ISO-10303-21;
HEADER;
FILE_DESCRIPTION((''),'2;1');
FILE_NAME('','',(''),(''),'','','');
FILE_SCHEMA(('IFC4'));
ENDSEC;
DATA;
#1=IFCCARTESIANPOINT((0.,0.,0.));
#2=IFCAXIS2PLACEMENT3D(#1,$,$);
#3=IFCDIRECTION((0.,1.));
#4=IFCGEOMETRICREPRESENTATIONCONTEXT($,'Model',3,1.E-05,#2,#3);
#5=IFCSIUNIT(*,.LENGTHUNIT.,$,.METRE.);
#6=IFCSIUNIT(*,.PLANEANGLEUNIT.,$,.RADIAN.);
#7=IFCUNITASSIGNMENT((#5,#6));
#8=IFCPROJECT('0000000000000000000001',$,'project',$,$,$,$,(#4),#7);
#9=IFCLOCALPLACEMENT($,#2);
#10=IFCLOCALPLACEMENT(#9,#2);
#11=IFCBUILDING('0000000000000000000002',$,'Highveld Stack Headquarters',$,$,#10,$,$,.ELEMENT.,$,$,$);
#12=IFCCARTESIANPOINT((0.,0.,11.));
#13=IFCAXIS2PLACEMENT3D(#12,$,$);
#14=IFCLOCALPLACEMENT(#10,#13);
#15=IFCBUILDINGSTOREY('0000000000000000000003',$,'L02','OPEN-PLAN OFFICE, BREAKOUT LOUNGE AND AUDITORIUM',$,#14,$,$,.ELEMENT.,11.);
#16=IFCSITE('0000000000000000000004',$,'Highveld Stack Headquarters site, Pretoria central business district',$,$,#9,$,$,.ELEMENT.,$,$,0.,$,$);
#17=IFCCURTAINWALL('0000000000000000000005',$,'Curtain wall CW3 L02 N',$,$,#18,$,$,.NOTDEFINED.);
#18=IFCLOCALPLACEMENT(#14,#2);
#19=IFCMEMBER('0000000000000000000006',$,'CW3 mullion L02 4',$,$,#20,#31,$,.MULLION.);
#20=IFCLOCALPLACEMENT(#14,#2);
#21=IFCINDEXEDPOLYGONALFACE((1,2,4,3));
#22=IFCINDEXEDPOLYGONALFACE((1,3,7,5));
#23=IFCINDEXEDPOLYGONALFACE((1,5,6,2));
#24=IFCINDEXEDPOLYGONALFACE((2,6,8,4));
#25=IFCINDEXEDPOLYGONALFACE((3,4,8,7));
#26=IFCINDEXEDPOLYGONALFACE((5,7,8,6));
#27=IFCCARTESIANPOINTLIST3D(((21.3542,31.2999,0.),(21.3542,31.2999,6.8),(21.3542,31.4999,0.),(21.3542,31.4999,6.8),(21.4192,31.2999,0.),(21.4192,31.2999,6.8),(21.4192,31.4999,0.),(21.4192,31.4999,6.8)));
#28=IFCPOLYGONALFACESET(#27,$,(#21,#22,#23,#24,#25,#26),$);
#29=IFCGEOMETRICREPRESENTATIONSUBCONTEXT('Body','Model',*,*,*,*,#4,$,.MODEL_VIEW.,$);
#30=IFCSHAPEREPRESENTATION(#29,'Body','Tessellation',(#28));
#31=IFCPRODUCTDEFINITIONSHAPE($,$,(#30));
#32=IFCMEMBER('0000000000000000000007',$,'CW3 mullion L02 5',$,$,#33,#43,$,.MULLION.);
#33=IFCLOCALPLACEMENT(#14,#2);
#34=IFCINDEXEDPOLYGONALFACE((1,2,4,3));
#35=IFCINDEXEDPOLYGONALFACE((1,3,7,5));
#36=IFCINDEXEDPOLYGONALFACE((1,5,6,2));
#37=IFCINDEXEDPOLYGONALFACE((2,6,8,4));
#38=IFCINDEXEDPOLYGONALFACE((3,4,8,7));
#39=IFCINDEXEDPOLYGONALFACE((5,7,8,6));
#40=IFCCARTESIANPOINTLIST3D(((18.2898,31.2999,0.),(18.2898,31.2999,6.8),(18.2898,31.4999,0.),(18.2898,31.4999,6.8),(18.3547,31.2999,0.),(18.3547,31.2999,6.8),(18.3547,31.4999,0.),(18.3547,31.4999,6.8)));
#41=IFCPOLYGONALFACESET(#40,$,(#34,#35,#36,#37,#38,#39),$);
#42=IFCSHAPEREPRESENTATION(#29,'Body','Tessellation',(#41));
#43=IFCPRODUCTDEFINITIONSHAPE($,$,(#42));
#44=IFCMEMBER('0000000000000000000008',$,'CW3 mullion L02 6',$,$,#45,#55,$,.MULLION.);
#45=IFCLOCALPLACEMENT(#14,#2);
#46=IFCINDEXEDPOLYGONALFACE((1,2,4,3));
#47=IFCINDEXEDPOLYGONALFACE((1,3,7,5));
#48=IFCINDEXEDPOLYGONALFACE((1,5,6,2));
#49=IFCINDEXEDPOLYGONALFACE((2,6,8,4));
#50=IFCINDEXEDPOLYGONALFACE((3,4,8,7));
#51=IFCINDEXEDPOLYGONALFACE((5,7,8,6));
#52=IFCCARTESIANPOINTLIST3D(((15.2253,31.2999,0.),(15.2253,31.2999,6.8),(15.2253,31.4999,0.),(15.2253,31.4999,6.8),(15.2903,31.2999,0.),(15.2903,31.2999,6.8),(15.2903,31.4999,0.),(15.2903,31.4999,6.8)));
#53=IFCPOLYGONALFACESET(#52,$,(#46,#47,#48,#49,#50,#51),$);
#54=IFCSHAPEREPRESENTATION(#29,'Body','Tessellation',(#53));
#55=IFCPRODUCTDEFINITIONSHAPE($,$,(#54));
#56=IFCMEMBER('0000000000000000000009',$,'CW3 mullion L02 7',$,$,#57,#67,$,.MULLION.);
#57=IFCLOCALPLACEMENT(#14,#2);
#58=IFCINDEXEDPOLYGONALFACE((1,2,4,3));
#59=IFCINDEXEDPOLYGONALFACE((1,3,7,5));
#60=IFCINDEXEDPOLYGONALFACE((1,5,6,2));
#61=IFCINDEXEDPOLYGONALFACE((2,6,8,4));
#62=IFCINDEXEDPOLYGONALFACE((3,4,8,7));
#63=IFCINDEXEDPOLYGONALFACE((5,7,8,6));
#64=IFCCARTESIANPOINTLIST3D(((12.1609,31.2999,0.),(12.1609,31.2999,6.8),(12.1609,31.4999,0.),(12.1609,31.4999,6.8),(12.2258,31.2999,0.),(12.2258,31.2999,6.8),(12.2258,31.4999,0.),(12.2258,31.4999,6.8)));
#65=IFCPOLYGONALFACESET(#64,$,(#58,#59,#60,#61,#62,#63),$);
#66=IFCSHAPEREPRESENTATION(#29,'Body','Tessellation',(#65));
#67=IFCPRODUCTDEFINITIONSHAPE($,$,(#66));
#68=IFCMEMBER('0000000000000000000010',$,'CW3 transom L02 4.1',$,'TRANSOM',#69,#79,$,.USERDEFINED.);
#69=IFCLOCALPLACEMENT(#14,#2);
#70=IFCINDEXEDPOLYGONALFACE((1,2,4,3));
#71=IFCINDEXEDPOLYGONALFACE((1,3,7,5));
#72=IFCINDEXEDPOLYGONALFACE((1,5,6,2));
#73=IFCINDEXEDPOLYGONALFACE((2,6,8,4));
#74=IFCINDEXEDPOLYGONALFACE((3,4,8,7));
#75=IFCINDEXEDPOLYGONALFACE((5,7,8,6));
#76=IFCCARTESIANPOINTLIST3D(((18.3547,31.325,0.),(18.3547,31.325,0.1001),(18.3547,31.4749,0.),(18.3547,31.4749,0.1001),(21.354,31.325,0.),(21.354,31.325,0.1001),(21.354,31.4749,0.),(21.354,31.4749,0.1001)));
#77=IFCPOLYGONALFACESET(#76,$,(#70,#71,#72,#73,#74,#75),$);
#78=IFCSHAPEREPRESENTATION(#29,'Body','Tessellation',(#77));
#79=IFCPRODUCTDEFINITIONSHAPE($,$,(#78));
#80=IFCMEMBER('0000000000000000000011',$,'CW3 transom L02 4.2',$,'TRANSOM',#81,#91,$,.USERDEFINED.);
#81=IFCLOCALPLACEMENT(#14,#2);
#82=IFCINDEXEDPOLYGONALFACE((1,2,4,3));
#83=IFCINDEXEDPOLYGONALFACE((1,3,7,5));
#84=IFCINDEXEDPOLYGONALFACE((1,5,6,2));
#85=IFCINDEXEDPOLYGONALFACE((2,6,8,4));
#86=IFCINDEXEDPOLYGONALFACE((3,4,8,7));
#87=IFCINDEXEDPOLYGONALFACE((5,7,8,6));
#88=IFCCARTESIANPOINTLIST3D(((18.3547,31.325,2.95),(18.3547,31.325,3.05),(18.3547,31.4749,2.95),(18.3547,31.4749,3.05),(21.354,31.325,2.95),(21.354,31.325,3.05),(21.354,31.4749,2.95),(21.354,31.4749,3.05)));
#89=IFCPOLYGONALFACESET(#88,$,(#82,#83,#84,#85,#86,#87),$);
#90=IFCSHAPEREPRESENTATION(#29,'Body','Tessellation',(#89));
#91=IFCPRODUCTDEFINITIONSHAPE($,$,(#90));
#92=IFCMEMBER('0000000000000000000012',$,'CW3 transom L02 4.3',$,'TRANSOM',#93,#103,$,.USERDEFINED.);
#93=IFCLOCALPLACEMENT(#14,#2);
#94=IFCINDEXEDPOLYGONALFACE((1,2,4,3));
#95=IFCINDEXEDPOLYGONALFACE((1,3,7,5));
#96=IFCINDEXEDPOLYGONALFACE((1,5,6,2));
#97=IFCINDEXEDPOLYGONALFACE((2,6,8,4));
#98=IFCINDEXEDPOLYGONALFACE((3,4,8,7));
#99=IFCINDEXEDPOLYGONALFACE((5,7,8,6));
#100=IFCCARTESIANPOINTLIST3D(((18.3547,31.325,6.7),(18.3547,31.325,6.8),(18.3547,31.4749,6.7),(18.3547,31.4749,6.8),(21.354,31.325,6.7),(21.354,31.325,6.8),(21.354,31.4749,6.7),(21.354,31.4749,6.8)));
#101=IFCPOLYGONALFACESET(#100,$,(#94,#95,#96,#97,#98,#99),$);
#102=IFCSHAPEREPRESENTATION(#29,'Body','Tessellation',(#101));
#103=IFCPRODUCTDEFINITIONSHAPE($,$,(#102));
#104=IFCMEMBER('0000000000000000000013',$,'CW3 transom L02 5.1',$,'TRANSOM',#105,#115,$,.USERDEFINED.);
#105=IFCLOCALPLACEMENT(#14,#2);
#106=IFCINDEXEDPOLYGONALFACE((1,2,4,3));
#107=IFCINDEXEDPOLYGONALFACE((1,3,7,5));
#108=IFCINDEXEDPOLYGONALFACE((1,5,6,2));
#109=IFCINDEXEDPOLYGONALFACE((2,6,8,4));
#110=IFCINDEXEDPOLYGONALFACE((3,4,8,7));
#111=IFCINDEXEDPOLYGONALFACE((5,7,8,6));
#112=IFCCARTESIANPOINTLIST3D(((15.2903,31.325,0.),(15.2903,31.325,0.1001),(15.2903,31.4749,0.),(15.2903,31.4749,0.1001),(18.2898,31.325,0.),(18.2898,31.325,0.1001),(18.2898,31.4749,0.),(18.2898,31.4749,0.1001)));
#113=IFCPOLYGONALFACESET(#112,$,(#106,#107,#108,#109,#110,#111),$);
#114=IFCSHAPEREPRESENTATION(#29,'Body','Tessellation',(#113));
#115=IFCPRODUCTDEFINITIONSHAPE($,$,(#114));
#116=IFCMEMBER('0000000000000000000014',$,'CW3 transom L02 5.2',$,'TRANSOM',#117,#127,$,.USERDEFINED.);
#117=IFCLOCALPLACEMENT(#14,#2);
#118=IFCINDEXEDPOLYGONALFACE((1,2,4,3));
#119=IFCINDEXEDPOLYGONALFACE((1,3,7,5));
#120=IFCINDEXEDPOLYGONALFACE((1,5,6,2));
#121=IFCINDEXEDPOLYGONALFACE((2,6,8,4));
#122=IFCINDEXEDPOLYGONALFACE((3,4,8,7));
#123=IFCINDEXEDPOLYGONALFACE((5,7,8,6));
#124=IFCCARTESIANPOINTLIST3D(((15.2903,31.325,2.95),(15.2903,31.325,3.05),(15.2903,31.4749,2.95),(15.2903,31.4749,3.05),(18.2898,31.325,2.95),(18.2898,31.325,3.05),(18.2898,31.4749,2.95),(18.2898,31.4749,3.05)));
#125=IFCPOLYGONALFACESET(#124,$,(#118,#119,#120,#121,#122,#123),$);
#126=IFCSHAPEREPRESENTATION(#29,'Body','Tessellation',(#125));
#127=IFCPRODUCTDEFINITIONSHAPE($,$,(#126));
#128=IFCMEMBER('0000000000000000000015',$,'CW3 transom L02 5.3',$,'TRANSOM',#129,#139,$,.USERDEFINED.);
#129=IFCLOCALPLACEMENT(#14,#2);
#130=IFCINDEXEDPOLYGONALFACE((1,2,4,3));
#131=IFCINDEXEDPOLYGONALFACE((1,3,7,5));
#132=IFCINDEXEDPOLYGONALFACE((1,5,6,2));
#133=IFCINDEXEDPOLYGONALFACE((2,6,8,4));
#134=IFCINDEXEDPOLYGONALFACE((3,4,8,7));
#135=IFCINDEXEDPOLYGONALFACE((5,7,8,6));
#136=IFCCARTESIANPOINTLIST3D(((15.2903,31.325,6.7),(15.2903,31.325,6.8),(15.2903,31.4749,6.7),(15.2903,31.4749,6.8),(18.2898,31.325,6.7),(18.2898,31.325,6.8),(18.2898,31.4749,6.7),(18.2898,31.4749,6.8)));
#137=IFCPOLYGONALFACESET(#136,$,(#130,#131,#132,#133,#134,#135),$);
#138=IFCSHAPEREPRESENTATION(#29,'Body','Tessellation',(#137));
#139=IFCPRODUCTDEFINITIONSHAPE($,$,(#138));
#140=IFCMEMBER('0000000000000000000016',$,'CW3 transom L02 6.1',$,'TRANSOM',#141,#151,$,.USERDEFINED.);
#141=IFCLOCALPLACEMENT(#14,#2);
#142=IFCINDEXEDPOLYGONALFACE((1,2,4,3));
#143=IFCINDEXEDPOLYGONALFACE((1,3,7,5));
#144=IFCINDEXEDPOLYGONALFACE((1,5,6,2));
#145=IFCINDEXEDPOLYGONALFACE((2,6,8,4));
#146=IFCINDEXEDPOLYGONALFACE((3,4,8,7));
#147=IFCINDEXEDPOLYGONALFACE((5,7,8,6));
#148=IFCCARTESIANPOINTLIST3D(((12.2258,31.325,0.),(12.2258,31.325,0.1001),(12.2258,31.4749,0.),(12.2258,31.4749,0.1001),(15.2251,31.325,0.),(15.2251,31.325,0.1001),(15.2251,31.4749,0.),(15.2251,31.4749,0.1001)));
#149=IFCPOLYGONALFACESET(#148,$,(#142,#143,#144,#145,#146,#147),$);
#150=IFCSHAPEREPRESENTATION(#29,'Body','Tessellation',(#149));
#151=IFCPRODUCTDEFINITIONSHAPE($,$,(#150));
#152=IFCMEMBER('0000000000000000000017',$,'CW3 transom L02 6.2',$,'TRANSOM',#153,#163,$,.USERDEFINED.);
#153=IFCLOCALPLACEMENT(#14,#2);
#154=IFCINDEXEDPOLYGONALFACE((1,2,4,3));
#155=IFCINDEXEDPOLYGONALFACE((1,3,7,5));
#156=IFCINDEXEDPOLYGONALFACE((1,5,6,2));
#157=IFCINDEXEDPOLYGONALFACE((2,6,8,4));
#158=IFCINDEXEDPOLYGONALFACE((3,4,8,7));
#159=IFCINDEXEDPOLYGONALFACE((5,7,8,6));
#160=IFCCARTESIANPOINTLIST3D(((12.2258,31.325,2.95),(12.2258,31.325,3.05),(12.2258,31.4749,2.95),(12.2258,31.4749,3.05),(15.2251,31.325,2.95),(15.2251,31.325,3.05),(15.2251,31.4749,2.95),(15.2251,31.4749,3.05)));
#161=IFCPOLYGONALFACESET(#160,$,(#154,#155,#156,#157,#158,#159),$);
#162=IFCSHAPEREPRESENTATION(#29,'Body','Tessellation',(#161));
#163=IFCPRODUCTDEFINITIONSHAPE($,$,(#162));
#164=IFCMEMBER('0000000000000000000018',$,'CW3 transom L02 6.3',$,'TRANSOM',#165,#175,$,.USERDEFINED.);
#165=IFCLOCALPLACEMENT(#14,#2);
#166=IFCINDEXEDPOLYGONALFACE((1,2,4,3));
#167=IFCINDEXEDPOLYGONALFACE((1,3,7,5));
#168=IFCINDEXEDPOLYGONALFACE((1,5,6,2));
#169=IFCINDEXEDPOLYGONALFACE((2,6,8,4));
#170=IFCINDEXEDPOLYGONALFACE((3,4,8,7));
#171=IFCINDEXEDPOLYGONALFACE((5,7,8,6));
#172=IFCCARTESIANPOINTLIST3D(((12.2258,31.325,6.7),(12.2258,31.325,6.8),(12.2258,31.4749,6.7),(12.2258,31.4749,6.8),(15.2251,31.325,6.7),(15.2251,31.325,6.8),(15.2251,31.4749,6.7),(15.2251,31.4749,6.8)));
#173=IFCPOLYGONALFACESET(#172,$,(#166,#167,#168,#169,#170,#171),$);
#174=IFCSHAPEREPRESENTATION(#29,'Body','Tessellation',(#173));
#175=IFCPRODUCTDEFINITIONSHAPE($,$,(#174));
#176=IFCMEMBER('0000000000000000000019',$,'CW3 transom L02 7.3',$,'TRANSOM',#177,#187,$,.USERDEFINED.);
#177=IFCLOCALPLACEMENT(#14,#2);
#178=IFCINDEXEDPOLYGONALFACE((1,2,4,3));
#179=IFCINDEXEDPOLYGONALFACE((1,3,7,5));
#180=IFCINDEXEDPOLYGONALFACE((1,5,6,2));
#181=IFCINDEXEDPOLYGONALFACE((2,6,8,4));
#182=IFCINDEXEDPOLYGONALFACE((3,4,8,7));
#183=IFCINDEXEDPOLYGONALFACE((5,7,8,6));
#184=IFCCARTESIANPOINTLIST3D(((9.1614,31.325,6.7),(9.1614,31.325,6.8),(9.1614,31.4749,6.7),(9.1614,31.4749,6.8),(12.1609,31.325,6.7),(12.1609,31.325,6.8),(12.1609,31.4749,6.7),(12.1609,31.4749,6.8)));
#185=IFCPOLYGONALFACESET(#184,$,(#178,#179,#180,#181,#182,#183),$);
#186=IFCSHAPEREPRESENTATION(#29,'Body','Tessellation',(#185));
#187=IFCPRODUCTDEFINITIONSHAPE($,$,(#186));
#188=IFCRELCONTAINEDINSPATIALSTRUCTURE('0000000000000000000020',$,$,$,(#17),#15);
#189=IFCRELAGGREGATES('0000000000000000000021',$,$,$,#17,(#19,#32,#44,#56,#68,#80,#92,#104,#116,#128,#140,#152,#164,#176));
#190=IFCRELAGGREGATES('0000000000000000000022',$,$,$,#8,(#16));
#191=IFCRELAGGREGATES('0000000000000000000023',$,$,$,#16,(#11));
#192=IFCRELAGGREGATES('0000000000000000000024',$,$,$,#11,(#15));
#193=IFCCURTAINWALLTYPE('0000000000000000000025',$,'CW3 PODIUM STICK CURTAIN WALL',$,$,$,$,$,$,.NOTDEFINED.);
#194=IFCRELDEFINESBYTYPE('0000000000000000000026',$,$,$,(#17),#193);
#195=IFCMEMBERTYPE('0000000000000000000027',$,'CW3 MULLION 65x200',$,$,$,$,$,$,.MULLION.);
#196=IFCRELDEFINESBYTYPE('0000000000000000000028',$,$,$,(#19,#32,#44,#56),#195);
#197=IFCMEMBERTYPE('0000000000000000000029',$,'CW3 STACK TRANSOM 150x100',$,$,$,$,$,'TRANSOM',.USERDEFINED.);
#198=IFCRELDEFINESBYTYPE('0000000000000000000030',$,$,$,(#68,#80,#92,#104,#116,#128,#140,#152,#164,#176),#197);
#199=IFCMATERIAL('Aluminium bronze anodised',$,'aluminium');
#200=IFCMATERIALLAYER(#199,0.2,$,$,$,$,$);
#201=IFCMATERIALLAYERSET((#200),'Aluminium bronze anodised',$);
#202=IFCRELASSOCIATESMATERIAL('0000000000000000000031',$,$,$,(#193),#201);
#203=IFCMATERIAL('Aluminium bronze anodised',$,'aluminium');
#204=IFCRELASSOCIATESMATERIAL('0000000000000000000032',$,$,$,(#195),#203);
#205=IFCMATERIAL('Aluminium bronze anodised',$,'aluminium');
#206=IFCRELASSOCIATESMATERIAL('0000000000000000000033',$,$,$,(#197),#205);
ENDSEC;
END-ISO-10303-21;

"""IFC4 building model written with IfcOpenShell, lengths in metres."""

from ifc_helpers import new_model, si_unit, direction, frame, origin, origin_2d, place, context, subcontext, project, spatial, rectangle, extrude, material, layer, layer_set, material_profile, profile_set, type_object, element, aggregate, save


model = new_model("IFC4")

# Units and contexts
model_context = context("Model", 3, precision=1e-05, world=origin(), true_north=direction((0.0, 1.0)))
body_context = subcontext(model_context, "Body", "Model", "MODEL_VIEW")
ifc_project = project(units=[si_unit("LENGTHUNIT", "METRE"), si_unit("PLANEANGLEUNIT", "RADIAN")], contexts=[model_context])

# Site, building, storey
site_placement = place(None, origin())
site = spatial("IfcSite", under=ifc_project, at=site_placement, Name="Highveld Stack Headquarters site, Pretoria central business district", CompositionType="ELEMENT", RefElevation=0.0)
building_placement = place(site_placement, origin())
building = spatial("IfcBuilding", under=site, at=building_placement, Name="Highveld Stack Headquarters", CompositionType="ELEMENT")
storey_placement = place(building_placement, frame((0.0, 0.0, 11.0)))
storey = spatial("IfcBuildingStorey", under=building, at=storey_placement, Name="L02", Description="OPEN-PLAN OFFICE, BREAKOUT LOUNGE AND AUDITORIUM", CompositionType="ELEMENT", Elevation=11.0)

# Curtain wall, members
ifc_material_1 = material(Name="Aluminium bronze anodised", Category="aluminium")
ifc_layer_1 = layer(ifc_material_1, 0.2)
ifc_layer_set_1 = layer_set([ifc_layer_1], Name="Aluminium bronze anodised")
curtain_wall_type = type_object("IfcCurtainWallType", Name="CW3 PODIUM STICK CURTAIN WALL", PredefinedType="NOTDEFINED", material=ifc_layer_set_1)
curtain_wall_placement = place(storey_placement, origin())
curtain_wall = element("IfcCurtainWall", 1, at=curtain_wall_placement, inside=storey, type_object=curtain_wall_type, Name="Curtain wall CW3 L02 N", PredefinedType="NOTDEFINED")
ifc_material_2 = material(Name="Aluminium bronze anodised", Category="aluminium")
ifc_material_profile_1 = material_profile(ifc_material_2, rectangle(XDim=0.2, YDim=0.0649, at=origin_2d()), Name="CW3 MULLION 65x200")
ifc_profile_set_1 = profile_set([ifc_material_profile_1], Name="Aluminium bronze anodised")
member_type_1 = type_object("IfcMemberType", Name="CW3 MULLION 65x200", PredefinedType="MULLION", material=ifc_profile_set_1)
member_1_placement = place(storey_placement, frame((21.3867, 31.3999, 0.0), z_axis=(0.0, 0.0, 1.0), x_axis=(0.0, -1.0, 0.0)))
member_1 = element("IfcMember", 2, at=member_1_placement, type_object=member_type_1, Name="CW3 mullion L02 4", PredefinedType="MULLION", context=body_context, shape_type="SweptSolid", body=[
    extrude(rectangle(XDim=0.2, YDim=0.0649, at=origin_2d()), origin(), (0.0, 0.0, 1.0), 6.8),
])
member_2_placement = place(storey_placement, frame((18.3223, 31.3999, 0.0), z_axis=(0.0, 0.0, 1.0), x_axis=(0.0, -1.0, 0.0)))
member_2 = element("IfcMember", 3, at=member_2_placement, type_object=member_type_1, Name="CW3 mullion L02 5", PredefinedType="MULLION", context=body_context, shape_type="SweptSolid", body=[
    extrude(rectangle(XDim=0.2, YDim=0.0649, at=origin_2d()), origin(), (0.0, 0.0, 1.0), 6.8),
])
member_3_placement = place(storey_placement, frame((15.2578, 31.3999, 0.0), z_axis=(0.0, 0.0, 1.0), x_axis=(0.0, -1.0, 0.0)))
member_3 = element("IfcMember", 4, at=member_3_placement, type_object=member_type_1, Name="CW3 mullion L02 6", PredefinedType="MULLION", context=body_context, shape_type="SweptSolid", body=[
    extrude(rectangle(XDim=0.2, YDim=0.0649, at=origin_2d()), origin(), (0.0, 0.0, 1.0), 6.8),
])
member_4_placement = place(storey_placement, frame((12.1934, 31.3999, 0.0), z_axis=(0.0, 0.0, 1.0), x_axis=(0.0, -1.0, 0.0)))
member_4 = element("IfcMember", 5, at=member_4_placement, type_object=member_type_1, Name="CW3 mullion L02 7", PredefinedType="MULLION", context=body_context, shape_type="SweptSolid", body=[
    extrude(rectangle(XDim=0.2, YDim=0.0649, at=origin_2d()), origin(), (0.0, 0.0, 1.0), 6.8),
])
ifc_material_3 = material(Name="Aluminium bronze anodised", Category="aluminium")
ifc_material_profile_2 = material_profile(ifc_material_3, rectangle(XDim=0.1499, YDim=0.1001, at=origin_2d()), Name="CW3 TRANSOM 150x100")
ifc_profile_set_2 = profile_set([ifc_material_profile_2], Name="Aluminium bronze anodised")
member_type_2 = type_object("IfcMemberType", Name="CW3 STACK TRANSOM 150x100", ElementType="TRANSOM", PredefinedType="USERDEFINED", material=ifc_profile_set_2)
member_5_placement = place(storey_placement, frame((21.354, 31.3999, 0.05), z_axis=(-1.0, 0.0, 0.0), x_axis=(0.0, -1.0, 0.0)))
member_5 = element("IfcMember", 6, at=member_5_placement, type_object=member_type_2, Name="CW3 transom L02 4.1", ObjectType="TRANSOM", PredefinedType="USERDEFINED", context=body_context, shape_type="SweptSolid", body=[
    extrude(rectangle(XDim=0.1499, YDim=0.1001, at=origin_2d()), origin(), (0.0, 0.0, 1.0), 2.9993),
])
member_6_placement = place(storey_placement, frame((21.354, 31.3999, 3.0), z_axis=(-1.0, 0.0, 0.0), x_axis=(0.0, -1.0, 0.0)))
member_6 = element("IfcMember", 7, at=member_6_placement, type_object=member_type_2, Name="CW3 transom L02 4.2", ObjectType="TRANSOM", PredefinedType="USERDEFINED", context=body_context, shape_type="SweptSolid", body=[
    extrude(rectangle(XDim=0.1499, YDim=0.1001, at=origin_2d()), origin(), (0.0, 0.0, 1.0), 2.9993),
])
member_7_placement = place(storey_placement, frame((21.354, 31.3999, 6.75), z_axis=(-1.0, 0.0, 0.0), x_axis=(0.0, -1.0, 0.0)))
member_7 = element("IfcMember", 8, at=member_7_placement, type_object=member_type_2, Name="CW3 transom L02 4.3", ObjectType="TRANSOM", PredefinedType="USERDEFINED", context=body_context, shape_type="SweptSolid", body=[
    extrude(rectangle(XDim=0.1499, YDim=0.1001, at=origin_2d()), origin(), (0.0, 0.0, 1.0), 2.9993),
])
member_8_placement = place(storey_placement, frame((18.2898, 31.3999, 0.05), z_axis=(-1.0, 0.0, 0.0), x_axis=(0.0, -1.0, 0.0)))
member_8 = element("IfcMember", 9, at=member_8_placement, type_object=member_type_2, Name="CW3 transom L02 5.1", ObjectType="TRANSOM", PredefinedType="USERDEFINED", context=body_context, shape_type="SweptSolid", body=[
    extrude(rectangle(XDim=0.1499, YDim=0.1001, at=origin_2d()), origin(), (0.0, 0.0, 1.0), 2.9995),
])
member_9_placement = place(storey_placement, frame((18.2898, 31.3999, 3.0), z_axis=(-1.0, 0.0, 0.0), x_axis=(0.0, -1.0, 0.0)))
member_9 = element("IfcMember", 10, at=member_9_placement, type_object=member_type_2, Name="CW3 transom L02 5.2", ObjectType="TRANSOM", PredefinedType="USERDEFINED", context=body_context, shape_type="SweptSolid", body=[
    extrude(rectangle(XDim=0.1499, YDim=0.1001, at=origin_2d()), origin(), (0.0, 0.0, 1.0), 2.9995),
])
member_10_placement = place(storey_placement, frame((18.2898, 31.3999, 6.75), z_axis=(-1.0, 0.0, 0.0), x_axis=(0.0, -1.0, 0.0)))
member_10 = element("IfcMember", 11, at=member_10_placement, type_object=member_type_2, Name="CW3 transom L02 5.3", ObjectType="TRANSOM", PredefinedType="USERDEFINED", context=body_context, shape_type="SweptSolid", body=[
    extrude(rectangle(XDim=0.1499, YDim=0.1001, at=origin_2d()), origin(), (0.0, 0.0, 1.0), 2.9995),
])
member_11_placement = place(storey_placement, frame((15.2251, 31.3999, 0.05), z_axis=(-1.0, 0.0, 0.0), x_axis=(0.0, -1.0, 0.0)))
member_11 = element("IfcMember", 12, at=member_11_placement, type_object=member_type_2, Name="CW3 transom L02 6.1", ObjectType="TRANSOM", PredefinedType="USERDEFINED", context=body_context, shape_type="SweptSolid", body=[
    extrude(rectangle(XDim=0.1499, YDim=0.1001, at=origin_2d()), origin(), (0.0, 0.0, 1.0), 2.9993),
])
member_12_placement = place(storey_placement, frame((15.2251, 31.3999, 3.0), z_axis=(-1.0, 0.0, 0.0), x_axis=(0.0, -1.0, 0.0)))
member_12 = element("IfcMember", 13, at=member_12_placement, type_object=member_type_2, Name="CW3 transom L02 6.2", ObjectType="TRANSOM", PredefinedType="USERDEFINED", context=body_context, shape_type="SweptSolid", body=[
    extrude(rectangle(XDim=0.1499, YDim=0.1001, at=origin_2d()), origin(), (0.0, 0.0, 1.0), 2.9993),
])
member_13_placement = place(storey_placement, frame((15.2251, 31.3999, 6.75), z_axis=(-1.0, 0.0, 0.0), x_axis=(0.0, -1.0, 0.0)))
member_13 = element("IfcMember", 14, at=member_13_placement, type_object=member_type_2, Name="CW3 transom L02 6.3", ObjectType="TRANSOM", PredefinedType="USERDEFINED", context=body_context, shape_type="SweptSolid", body=[
    extrude(rectangle(XDim=0.1499, YDim=0.1001, at=origin_2d()), origin(), (0.0, 0.0, 1.0), 2.9993),
])
member_14_placement = place(storey_placement, frame((12.1609, 31.3999, 6.75), z_axis=(-1.0, 0.0, 0.0), x_axis=(0.0, -1.0, 0.0)))
member_14 = element("IfcMember", 15, at=member_14_placement, type_object=member_type_2, Name="CW3 transom L02 7.3", ObjectType="TRANSOM", PredefinedType="USERDEFINED", context=body_context, shape_type="SweptSolid", body=[
    extrude(rectangle(XDim=0.1499, YDim=0.1001, at=origin_2d()), origin(), (0.0, 0.0, 1.0), 2.9995),
])
aggregate(curtain_wall, [member_1, member_2, member_3, member_4, member_5, member_6, member_7, member_8, member_9, member_10, member_11, member_12, member_13, member_14])

save(model, "model.ifc")
